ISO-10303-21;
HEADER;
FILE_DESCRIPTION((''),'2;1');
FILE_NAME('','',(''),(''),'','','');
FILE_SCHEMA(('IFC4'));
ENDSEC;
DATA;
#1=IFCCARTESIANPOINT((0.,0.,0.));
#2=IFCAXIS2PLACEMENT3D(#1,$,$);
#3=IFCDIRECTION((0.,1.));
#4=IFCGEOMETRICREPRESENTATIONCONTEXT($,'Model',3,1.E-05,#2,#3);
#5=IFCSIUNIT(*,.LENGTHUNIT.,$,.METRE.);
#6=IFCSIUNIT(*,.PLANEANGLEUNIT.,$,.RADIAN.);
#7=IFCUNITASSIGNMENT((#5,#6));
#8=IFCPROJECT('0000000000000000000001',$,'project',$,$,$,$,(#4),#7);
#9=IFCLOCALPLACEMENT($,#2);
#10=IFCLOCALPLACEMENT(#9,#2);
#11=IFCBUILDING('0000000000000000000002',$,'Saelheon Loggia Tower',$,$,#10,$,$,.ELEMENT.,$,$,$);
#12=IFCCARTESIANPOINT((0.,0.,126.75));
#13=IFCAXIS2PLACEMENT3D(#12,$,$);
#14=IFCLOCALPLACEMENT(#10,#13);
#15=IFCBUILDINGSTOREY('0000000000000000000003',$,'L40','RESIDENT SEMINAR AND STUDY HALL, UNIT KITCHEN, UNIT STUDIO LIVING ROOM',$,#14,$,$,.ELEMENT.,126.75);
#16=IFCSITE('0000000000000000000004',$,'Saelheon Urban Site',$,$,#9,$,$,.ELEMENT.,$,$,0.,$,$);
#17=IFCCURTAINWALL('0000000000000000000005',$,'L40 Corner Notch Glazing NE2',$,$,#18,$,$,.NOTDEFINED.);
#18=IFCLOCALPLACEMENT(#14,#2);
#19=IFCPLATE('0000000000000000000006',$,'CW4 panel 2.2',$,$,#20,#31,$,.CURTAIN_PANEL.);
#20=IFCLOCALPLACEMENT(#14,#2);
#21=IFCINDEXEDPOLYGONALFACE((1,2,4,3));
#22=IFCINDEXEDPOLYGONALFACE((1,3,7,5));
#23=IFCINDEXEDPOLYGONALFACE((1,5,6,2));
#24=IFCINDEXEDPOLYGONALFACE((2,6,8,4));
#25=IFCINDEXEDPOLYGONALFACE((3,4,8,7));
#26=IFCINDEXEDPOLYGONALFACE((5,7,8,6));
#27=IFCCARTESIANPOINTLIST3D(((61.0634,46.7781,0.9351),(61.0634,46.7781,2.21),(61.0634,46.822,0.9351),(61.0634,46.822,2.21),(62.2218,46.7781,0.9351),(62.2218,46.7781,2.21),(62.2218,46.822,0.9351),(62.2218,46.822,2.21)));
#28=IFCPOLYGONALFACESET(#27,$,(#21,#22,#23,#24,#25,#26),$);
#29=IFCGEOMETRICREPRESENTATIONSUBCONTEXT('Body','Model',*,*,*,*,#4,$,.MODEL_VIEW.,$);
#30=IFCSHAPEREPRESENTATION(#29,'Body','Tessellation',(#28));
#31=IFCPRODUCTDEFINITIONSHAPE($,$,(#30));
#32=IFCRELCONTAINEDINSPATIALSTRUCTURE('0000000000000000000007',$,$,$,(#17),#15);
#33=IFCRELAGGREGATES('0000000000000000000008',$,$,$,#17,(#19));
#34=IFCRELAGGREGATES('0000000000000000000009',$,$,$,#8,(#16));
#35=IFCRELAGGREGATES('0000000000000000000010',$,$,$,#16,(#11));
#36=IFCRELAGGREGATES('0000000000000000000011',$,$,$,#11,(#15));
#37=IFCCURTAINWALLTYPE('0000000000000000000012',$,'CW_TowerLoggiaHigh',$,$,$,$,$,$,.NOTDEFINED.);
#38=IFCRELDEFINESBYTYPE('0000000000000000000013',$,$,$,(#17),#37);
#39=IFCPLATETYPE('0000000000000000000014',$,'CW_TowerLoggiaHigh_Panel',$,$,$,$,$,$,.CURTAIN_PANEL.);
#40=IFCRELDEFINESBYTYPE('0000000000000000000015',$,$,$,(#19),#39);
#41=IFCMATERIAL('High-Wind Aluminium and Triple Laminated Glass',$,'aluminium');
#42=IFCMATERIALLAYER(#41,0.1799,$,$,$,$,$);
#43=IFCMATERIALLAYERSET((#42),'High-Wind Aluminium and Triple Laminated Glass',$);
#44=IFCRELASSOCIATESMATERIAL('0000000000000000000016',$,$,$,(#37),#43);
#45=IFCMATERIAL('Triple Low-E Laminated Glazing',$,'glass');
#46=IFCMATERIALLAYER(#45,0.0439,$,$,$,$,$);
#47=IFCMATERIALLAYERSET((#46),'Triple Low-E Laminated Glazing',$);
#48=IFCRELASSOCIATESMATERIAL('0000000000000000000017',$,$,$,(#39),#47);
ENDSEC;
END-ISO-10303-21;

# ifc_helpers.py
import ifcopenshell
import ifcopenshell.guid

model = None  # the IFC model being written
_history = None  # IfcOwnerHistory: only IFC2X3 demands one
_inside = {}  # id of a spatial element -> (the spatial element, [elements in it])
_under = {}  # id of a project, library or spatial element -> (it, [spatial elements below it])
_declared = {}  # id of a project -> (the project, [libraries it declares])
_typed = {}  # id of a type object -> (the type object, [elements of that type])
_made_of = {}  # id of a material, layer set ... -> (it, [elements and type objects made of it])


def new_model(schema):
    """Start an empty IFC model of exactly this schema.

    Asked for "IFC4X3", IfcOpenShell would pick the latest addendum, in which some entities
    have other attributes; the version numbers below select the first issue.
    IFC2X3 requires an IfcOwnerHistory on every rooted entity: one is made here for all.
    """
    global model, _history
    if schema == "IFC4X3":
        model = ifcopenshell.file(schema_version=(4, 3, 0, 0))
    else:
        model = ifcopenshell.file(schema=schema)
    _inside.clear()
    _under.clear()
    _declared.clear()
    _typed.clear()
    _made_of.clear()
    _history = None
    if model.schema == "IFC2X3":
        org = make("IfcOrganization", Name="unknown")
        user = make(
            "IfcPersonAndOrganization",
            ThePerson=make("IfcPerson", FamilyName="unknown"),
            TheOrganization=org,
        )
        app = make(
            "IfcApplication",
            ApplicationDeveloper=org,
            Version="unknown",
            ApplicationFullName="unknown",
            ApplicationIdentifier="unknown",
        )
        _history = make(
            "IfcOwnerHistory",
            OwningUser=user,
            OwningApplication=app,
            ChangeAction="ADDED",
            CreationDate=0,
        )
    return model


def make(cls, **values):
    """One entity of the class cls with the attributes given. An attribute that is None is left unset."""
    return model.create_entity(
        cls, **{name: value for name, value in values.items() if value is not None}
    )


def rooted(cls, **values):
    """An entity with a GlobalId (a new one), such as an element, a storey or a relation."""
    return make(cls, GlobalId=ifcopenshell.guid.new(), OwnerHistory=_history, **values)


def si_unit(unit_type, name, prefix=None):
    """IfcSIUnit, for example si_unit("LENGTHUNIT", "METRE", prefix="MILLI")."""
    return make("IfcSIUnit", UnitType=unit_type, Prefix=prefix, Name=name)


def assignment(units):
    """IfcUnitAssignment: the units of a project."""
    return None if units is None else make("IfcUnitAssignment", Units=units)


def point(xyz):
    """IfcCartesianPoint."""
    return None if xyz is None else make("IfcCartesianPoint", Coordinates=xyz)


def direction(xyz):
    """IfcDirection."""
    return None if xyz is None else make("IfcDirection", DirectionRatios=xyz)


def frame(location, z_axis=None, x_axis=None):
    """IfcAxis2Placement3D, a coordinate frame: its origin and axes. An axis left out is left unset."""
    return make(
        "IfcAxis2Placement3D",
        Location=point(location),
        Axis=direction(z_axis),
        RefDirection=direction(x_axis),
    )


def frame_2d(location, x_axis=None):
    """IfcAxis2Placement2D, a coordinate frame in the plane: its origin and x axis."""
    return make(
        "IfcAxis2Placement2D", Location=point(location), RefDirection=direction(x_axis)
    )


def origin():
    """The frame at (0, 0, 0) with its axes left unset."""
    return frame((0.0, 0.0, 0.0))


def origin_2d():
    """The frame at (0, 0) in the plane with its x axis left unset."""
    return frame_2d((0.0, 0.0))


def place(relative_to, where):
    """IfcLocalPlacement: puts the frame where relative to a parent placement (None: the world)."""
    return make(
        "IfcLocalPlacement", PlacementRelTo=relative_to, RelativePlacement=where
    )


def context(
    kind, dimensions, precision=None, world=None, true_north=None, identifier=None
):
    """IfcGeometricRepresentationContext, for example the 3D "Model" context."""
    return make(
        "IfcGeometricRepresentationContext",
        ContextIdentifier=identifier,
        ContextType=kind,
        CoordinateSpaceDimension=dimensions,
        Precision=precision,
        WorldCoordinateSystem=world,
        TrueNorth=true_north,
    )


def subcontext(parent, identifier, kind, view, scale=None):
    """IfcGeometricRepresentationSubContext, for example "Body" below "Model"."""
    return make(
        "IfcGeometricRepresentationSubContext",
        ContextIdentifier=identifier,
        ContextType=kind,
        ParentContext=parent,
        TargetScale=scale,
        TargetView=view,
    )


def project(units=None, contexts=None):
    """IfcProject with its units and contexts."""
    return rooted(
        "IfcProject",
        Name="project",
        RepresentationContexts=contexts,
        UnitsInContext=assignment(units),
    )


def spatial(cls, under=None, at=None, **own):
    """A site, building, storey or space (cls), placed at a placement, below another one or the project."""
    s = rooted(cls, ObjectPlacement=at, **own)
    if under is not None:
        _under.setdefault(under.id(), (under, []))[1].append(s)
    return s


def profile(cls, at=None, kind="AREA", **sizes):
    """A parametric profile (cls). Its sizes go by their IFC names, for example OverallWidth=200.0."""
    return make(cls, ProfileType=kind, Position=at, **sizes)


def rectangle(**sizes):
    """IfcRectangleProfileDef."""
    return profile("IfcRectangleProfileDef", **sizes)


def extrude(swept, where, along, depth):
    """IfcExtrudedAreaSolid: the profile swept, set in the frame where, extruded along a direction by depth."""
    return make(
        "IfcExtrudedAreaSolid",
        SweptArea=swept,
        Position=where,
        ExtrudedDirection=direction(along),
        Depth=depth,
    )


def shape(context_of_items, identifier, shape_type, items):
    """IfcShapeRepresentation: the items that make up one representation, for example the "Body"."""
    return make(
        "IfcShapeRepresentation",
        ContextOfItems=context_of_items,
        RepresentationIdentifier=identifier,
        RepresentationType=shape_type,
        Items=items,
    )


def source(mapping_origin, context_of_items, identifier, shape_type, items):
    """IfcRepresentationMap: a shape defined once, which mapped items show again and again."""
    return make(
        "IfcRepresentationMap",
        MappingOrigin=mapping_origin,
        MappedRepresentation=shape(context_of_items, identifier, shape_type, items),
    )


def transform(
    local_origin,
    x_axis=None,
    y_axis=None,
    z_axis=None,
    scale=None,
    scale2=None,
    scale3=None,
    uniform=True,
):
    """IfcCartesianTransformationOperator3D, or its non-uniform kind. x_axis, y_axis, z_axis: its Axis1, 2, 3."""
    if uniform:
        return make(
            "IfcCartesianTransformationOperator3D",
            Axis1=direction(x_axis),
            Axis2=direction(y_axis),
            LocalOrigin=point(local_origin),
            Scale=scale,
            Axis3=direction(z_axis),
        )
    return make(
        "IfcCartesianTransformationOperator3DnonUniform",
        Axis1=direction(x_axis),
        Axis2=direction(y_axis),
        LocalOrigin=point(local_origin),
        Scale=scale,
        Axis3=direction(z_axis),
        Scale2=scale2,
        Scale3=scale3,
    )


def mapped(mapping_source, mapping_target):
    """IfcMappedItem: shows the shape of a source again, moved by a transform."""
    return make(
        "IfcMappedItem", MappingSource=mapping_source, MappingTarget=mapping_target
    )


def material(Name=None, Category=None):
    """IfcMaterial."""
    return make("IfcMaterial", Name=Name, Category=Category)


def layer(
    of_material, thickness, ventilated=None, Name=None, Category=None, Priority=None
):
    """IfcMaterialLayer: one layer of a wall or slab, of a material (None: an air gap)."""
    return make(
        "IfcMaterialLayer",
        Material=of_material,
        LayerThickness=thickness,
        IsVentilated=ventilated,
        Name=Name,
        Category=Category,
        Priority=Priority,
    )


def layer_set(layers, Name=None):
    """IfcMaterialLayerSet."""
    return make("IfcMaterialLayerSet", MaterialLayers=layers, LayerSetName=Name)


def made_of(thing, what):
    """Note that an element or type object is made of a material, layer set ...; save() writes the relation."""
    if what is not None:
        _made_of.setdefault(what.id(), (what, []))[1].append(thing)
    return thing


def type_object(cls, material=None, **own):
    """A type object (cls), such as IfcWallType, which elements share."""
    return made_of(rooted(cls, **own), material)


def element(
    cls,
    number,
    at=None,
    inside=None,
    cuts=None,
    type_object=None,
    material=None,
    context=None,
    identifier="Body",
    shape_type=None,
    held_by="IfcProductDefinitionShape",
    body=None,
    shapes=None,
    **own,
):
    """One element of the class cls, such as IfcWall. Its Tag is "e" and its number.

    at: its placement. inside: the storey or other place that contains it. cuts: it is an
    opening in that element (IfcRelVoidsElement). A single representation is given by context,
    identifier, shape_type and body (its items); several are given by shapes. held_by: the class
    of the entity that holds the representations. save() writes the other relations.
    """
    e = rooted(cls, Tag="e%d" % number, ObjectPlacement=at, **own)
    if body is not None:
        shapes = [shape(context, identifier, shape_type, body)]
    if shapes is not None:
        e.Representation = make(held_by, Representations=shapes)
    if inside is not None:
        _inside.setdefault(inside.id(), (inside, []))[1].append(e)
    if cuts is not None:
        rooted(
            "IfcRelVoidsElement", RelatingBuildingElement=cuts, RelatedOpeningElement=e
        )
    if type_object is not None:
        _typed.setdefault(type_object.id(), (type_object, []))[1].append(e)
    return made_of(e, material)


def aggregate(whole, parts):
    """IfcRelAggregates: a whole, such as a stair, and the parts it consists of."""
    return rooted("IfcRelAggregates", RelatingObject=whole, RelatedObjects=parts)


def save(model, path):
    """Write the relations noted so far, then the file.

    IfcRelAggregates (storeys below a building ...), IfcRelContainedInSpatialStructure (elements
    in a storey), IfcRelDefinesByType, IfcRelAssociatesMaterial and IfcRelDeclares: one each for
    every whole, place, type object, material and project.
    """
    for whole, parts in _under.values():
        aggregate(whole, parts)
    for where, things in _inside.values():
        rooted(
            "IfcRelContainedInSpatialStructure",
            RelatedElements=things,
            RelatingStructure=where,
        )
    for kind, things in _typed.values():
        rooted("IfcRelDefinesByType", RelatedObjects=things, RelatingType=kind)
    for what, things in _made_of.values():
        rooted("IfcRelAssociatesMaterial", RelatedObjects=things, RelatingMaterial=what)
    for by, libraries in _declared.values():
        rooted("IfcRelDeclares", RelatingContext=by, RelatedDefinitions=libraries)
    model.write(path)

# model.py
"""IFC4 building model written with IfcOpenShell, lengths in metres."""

from ifc_helpers import new_model, si_unit, direction, frame, origin, origin_2d, place, context, subcontext, project, spatial, rectangle, extrude, source, transform, mapped, material, layer, layer_set, type_object, element, aggregate, save


model = new_model("IFC4")

# Units and contexts
model_context = context("Model", 3, precision=1e-05, world=origin(), true_north=direction((0.0, 1.0)))
body_context = subcontext(model_context, "Body", "Model", "MODEL_VIEW")
ifc_project = project(units=[si_unit("LENGTHUNIT", "METRE"), si_unit("PLANEANGLEUNIT", "RADIAN")], contexts=[model_context])

# Site, building, storey
site_placement = place(None, origin())
site = spatial("IfcSite", under=ifc_project, at=site_placement, Name="Saelheon Urban Site", CompositionType="ELEMENT", RefElevation=0.0)
building_placement = place(site_placement, origin())
building = spatial("IfcBuilding", under=site, at=building_placement, Name="Saelheon Loggia Tower", CompositionType="ELEMENT")
storey_placement = place(building_placement, frame((0.0, 0.0, 126.75)))
storey = spatial("IfcBuildingStorey", under=building, at=storey_placement, Name="L40", Description="RESIDENT SEMINAR AND STUDY HALL, UNIT KITCHEN, UNIT STUDIO LIVING ROOM", CompositionType="ELEMENT", Elevation=126.75)

# Curtain wall, plate
ifc_material_1 = material(Name="High-Wind Aluminium and Triple Laminated Glass", Category="aluminium")
ifc_layer_1 = layer(ifc_material_1, 0.1799)
ifc_layer_set_1 = layer_set([ifc_layer_1], Name="High-Wind Aluminium and Triple Laminated Glass")
curtain_wall_type = type_object("IfcCurtainWallType", Name="CW_TowerLoggiaHigh", PredefinedType="NOTDEFINED", material=ifc_layer_set_1)
curtain_wall_placement = place(storey_placement, origin())
curtain_wall = element("IfcCurtainWall", 1, at=curtain_wall_placement, inside=storey, type_object=curtain_wall_type, Name="L40 Corner Notch Glazing NE2", PredefinedType="NOTDEFINED")
ifc_material_2 = material(Name="Triple Low-E Laminated Glazing", Category="glass")
ifc_layer_2 = layer(ifc_material_2, 0.0439)
ifc_layer_set_2 = layer_set([ifc_layer_2], Name="Triple Low-E Laminated Glazing")
plate_type = type_object("IfcPlateType", Name="CW_TowerLoggiaHigh_Panel", PredefinedType="CURTAIN_PANEL", material=ifc_layer_set_2)
shared_shape_1 = source(origin(), body_context, "Body", "SweptSolid", [
    extrude(rectangle(XDim=1.1584, YDim=0.0439, at=origin_2d()), origin(), (0.0, 0.0, 1.0), 1.2749),
])
plate_1_placement = place(storey_placement, frame((61.6426, 46.8, 0.9351), z_axis=(0.0, 0.0, 1.0), x_axis=(1.0, 0.0, 0.0)))
plate_1 = element("IfcPlate", 2, at=plate_1_placement, type_object=plate_type, Name="CW4 panel 2.2", PredefinedType="CURTAIN_PANEL", context=body_context, shape_type="MappedRepresentation", body=[
    mapped(shared_shape_1, transform((0.0, 0.0, 0.0), scale=1.0)),
])
aggregate(curtain_wall, [plate_1])

save(model, "model.ifc")
